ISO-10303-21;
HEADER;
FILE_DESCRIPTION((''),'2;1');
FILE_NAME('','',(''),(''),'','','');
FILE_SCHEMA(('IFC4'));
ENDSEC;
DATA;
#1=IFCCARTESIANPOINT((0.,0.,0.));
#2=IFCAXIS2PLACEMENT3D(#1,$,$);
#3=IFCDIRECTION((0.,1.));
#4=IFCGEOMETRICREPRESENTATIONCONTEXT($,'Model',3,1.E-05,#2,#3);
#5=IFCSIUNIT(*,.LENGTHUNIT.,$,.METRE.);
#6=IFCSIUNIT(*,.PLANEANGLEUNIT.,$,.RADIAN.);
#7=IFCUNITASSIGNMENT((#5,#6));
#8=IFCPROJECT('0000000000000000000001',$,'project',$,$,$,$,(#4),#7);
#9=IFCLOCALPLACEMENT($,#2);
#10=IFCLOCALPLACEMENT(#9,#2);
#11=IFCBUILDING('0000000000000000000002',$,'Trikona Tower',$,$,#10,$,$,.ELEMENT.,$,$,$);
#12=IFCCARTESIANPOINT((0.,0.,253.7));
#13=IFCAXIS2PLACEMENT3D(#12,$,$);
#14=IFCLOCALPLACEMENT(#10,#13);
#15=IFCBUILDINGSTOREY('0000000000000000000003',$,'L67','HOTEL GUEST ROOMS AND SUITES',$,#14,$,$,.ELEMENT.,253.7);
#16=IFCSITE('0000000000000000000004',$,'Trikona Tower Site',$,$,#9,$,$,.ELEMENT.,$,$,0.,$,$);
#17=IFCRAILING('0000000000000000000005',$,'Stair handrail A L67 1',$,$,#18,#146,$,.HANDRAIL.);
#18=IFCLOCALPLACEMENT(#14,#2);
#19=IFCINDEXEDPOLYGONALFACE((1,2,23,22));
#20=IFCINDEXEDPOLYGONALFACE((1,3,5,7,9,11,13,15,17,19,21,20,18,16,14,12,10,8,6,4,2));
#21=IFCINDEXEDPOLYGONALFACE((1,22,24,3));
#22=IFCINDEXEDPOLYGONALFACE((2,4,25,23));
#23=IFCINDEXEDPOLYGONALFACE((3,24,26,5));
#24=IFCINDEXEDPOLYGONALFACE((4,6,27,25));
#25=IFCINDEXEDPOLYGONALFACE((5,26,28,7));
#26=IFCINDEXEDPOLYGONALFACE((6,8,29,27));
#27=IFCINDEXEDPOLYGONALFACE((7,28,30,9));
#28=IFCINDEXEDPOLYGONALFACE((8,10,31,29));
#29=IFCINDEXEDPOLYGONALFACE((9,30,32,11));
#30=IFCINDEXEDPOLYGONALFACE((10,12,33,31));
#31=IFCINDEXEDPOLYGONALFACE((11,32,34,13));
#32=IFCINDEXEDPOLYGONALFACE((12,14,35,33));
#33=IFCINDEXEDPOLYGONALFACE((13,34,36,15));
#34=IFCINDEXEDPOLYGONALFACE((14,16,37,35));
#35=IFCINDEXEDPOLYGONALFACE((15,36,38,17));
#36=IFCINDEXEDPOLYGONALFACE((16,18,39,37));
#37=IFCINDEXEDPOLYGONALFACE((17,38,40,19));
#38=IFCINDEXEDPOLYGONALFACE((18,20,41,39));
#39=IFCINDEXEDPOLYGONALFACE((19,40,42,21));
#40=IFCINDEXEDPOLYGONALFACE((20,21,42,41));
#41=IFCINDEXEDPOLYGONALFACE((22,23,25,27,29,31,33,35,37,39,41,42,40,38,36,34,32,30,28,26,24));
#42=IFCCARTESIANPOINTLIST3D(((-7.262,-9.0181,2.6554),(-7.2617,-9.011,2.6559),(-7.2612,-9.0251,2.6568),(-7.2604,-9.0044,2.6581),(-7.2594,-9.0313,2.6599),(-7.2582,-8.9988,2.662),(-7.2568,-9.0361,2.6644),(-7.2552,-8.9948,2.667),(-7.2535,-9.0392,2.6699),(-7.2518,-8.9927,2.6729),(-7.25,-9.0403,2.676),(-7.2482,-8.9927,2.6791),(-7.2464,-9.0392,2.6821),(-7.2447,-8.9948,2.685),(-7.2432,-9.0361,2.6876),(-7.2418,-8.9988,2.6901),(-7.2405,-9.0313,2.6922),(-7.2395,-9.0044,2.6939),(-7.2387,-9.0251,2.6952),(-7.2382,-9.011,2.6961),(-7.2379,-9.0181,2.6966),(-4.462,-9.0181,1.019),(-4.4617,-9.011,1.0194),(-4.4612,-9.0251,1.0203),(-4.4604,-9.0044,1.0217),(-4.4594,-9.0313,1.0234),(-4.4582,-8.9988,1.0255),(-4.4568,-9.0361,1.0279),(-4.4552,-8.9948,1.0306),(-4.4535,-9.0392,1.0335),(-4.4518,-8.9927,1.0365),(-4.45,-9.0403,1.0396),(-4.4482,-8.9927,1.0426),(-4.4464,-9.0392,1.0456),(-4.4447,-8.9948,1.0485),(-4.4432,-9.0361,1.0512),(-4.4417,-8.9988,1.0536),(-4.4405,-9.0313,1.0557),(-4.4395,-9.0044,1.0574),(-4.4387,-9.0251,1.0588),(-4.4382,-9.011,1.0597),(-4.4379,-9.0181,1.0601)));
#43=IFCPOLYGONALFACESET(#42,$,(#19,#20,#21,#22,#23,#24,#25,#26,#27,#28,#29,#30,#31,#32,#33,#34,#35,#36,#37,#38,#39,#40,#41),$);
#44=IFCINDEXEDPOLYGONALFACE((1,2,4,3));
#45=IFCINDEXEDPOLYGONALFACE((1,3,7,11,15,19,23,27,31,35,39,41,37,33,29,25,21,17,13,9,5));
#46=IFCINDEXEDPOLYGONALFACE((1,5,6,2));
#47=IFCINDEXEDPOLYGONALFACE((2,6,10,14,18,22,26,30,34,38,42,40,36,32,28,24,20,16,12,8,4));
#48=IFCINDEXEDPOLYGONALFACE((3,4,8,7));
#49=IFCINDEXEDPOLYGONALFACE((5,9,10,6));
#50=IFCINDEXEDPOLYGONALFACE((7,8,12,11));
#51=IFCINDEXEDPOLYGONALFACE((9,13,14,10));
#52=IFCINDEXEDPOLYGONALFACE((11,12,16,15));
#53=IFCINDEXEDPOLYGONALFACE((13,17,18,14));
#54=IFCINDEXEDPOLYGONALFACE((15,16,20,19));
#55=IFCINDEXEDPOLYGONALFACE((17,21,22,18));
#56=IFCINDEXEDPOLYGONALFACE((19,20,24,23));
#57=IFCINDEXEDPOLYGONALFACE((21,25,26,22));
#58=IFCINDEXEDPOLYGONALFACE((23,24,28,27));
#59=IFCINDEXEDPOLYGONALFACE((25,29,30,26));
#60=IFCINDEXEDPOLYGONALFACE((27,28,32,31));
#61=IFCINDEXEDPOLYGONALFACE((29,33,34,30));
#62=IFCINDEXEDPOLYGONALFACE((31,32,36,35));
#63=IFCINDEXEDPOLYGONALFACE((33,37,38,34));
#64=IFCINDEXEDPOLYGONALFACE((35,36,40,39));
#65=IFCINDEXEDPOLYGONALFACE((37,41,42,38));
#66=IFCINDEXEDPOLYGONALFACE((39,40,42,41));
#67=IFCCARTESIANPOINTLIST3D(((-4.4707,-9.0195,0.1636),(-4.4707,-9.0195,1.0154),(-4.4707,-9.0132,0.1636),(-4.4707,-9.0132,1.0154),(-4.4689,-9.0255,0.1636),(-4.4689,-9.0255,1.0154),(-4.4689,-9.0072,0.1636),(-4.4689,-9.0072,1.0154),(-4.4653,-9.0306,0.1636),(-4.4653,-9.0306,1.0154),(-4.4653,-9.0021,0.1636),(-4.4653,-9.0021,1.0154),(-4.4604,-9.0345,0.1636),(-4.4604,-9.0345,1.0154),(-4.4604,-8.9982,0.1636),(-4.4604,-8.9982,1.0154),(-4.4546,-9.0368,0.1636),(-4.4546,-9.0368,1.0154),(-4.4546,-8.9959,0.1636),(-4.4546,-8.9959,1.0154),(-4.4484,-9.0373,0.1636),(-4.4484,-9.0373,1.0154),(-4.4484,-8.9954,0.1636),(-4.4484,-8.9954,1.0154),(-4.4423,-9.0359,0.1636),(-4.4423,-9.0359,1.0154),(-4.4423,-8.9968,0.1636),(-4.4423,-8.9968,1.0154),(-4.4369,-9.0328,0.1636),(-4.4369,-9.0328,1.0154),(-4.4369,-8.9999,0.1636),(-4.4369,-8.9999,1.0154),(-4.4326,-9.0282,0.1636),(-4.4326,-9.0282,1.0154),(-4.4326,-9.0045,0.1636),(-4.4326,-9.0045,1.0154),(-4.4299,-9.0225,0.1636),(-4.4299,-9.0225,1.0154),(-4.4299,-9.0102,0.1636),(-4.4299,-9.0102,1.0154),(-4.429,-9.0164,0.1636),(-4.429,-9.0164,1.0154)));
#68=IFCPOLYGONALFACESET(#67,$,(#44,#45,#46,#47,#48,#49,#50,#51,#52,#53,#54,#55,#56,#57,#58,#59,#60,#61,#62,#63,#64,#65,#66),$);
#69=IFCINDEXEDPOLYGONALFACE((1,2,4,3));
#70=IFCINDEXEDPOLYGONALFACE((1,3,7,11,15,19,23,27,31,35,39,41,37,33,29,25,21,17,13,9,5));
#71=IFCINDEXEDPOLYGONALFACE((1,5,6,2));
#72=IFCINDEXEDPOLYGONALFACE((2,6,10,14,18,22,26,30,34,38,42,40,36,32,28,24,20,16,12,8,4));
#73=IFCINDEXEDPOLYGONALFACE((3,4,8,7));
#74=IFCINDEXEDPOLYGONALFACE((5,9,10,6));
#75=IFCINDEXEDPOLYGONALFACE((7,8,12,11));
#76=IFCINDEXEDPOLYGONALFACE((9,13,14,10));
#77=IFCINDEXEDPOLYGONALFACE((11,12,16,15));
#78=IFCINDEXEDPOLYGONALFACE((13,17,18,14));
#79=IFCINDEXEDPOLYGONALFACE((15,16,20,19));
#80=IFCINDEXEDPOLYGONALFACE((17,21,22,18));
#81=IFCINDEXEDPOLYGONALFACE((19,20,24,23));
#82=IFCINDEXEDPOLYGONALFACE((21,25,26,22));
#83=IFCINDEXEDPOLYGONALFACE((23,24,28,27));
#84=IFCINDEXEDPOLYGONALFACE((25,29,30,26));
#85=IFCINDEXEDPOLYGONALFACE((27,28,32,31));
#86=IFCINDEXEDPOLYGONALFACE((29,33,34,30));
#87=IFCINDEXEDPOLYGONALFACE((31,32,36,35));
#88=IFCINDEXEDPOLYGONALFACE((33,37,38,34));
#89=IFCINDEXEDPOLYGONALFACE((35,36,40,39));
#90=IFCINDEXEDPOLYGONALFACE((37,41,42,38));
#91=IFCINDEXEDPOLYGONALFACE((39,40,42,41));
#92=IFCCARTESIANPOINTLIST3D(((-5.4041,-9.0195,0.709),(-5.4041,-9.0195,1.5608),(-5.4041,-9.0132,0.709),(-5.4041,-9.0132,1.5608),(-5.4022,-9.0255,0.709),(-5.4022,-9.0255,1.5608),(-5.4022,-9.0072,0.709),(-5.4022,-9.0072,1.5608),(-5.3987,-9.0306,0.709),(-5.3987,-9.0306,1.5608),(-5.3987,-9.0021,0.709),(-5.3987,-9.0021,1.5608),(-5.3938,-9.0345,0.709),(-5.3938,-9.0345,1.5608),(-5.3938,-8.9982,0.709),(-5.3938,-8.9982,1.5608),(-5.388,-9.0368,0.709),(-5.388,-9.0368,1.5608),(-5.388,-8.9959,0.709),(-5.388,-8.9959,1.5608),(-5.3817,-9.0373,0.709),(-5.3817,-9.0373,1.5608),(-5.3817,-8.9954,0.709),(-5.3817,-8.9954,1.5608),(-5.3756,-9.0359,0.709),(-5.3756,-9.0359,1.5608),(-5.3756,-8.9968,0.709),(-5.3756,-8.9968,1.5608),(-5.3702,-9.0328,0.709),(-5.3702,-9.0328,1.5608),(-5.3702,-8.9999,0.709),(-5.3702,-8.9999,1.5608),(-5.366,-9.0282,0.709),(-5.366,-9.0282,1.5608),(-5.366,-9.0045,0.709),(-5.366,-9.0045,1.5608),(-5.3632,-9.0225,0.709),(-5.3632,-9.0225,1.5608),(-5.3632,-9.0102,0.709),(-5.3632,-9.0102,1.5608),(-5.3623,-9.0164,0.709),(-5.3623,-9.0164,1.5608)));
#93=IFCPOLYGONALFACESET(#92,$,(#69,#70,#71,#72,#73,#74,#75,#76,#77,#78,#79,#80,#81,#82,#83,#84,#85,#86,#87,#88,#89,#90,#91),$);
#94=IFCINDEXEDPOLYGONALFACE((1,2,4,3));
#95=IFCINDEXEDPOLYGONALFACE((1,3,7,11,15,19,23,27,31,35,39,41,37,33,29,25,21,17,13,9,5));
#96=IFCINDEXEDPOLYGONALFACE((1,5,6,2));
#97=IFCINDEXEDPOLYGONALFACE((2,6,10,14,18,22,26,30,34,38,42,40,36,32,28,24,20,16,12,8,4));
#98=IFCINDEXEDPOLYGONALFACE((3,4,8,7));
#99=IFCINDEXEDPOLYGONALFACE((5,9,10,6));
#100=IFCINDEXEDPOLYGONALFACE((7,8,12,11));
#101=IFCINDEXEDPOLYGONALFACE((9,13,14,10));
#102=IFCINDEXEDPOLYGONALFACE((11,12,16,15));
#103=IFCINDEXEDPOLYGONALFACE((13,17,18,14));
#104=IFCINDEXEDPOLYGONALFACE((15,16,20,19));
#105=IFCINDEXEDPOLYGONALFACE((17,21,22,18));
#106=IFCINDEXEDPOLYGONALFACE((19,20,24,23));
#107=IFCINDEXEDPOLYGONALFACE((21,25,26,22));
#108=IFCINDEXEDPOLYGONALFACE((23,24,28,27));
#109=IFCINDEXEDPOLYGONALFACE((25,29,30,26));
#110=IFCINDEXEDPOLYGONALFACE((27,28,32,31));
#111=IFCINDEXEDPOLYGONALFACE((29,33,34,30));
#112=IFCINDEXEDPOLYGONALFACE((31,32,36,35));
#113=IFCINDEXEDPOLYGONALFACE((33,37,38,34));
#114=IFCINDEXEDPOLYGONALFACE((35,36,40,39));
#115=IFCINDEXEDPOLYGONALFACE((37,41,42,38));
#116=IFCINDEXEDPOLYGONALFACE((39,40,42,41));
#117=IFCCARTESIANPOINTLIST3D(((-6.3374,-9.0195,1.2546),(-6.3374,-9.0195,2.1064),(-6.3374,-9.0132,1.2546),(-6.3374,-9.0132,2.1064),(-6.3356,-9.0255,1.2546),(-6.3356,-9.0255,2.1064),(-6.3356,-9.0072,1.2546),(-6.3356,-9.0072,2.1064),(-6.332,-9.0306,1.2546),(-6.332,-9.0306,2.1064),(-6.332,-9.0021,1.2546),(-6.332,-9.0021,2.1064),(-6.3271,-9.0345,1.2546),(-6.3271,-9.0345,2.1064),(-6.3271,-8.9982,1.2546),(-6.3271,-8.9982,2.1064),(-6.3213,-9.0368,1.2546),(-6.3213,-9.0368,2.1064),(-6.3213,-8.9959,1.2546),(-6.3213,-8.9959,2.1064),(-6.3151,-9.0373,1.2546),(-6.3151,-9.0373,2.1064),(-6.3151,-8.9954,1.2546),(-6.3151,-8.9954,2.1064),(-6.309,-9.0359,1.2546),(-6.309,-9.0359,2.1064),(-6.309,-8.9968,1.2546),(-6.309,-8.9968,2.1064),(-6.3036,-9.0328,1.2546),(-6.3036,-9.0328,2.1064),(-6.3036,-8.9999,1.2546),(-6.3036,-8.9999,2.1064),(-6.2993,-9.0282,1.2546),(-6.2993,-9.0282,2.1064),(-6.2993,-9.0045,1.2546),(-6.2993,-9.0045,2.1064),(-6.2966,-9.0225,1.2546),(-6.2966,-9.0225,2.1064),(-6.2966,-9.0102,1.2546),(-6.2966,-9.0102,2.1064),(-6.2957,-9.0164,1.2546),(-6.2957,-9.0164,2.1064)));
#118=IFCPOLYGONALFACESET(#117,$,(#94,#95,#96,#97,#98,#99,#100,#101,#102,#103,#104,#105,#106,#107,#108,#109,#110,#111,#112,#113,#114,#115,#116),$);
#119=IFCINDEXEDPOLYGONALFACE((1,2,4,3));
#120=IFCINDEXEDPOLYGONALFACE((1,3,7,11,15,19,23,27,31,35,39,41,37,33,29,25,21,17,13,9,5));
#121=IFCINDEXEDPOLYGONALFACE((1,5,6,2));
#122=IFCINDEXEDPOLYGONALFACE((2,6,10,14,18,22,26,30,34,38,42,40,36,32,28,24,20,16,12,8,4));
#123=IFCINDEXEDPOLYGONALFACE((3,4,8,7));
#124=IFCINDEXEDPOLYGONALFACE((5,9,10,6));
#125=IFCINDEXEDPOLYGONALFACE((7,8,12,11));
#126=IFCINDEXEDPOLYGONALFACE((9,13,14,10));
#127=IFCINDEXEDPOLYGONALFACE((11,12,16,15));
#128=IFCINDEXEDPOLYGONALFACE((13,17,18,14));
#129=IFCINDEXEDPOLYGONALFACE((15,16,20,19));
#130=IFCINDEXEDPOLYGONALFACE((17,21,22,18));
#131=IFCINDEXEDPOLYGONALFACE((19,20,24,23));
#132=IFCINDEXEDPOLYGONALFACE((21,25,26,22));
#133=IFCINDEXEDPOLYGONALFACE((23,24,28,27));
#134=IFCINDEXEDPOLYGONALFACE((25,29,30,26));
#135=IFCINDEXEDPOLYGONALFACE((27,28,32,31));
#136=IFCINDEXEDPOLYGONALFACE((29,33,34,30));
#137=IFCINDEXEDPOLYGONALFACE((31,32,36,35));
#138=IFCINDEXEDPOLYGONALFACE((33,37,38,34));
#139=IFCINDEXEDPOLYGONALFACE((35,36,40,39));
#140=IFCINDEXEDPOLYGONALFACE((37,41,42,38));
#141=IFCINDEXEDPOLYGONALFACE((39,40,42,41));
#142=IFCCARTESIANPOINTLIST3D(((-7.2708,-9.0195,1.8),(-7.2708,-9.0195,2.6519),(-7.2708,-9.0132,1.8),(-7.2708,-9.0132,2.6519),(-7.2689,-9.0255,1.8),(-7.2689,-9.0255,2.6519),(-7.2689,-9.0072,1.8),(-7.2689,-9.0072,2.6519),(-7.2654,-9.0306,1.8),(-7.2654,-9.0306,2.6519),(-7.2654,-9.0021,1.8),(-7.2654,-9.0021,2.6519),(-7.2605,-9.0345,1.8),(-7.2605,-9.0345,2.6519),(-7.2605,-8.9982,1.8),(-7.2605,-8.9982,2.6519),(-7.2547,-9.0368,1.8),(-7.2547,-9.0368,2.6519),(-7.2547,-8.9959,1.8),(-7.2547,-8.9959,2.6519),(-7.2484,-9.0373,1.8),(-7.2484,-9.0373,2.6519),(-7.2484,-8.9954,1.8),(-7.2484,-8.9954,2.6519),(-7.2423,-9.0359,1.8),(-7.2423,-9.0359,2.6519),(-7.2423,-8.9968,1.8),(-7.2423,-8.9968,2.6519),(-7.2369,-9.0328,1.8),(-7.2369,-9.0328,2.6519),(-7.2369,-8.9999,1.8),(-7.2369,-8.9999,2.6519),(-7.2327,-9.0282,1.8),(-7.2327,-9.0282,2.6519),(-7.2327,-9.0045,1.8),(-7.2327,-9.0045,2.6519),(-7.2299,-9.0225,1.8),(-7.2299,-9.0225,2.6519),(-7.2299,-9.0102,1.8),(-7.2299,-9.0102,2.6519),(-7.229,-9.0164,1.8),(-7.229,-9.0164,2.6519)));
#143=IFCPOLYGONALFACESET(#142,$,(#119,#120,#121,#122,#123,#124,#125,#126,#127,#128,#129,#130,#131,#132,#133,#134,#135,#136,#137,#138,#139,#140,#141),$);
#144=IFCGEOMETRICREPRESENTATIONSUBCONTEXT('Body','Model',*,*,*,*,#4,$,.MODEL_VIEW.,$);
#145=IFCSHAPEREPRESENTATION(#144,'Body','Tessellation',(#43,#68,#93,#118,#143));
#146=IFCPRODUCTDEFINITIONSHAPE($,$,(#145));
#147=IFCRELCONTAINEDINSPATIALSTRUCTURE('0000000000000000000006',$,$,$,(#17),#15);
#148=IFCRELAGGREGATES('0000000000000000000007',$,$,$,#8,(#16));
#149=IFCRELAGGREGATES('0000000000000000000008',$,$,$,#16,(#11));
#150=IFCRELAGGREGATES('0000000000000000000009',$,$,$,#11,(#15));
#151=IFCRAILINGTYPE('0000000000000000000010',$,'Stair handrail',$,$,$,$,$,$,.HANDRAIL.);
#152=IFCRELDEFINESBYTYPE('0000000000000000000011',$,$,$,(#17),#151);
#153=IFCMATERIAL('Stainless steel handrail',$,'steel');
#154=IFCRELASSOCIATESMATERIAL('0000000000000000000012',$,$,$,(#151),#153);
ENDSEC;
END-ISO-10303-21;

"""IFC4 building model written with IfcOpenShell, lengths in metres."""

from ifc_helpers import new_model, si_unit, direction, frame, origin, origin_2d, place, context, subcontext, project, spatial, circle, extrude, material, type_object, element, save


model = new_model("IFC4")

# Units and contexts
model_context = context("Model", 3, precision=1e-05, world=origin(), true_north=direction((0.0, 1.0)))
body_context = subcontext(model_context, "Body", "Model", "MODEL_VIEW")
ifc_project = project(units=[si_unit("LENGTHUNIT", "METRE"), si_unit("PLANEANGLEUNIT", "RADIAN")], contexts=[model_context])

# Site, building, storey
site_placement = place(None, origin())
site = spatial("IfcSite", under=ifc_project, at=site_placement, Name="Trikona Tower Site", CompositionType="ELEMENT", RefElevation=0.0)
building_placement = place(site_placement, origin())
building = spatial("IfcBuilding", under=site, at=building_placement, Name="Trikona Tower", CompositionType="ELEMENT")
storey_placement = place(building_placement, frame((0.0, 0.0, 253.7)))
storey = spatial("IfcBuildingStorey", under=building, at=storey_placement, Name="L67", Description="HOTEL GUEST ROOMS AND SUITES", CompositionType="ELEMENT", Elevation=253.7)

# Railing
ifc_material_1 = material(Name="Stainless steel handrail", Category="steel")
railing_type = type_object("IfcRailingType", Name="Stair handrail", PredefinedType="HANDRAIL", material=ifc_material_1)
railing_1_placement = place(storey_placement, frame((-4.45, -9.0164, 0.1636)))
element("IfcRailing", 1, at=railing_1_placement, inside=storey, type_object=railing_type, Name="Stair handrail A L67 1", PredefinedType="HANDRAIL", context=body_context, shape_type="SweptSolid", body=[
    extrude(circle(Radius=0.0239, at=origin_2d()), frame((0.0, 0.0, 0.876), z_axis=(-0.863361, 0.0, 0.504587), x_axis=(0.0, -1.0, 0.0)), (0.0, 0.0, 1.0), 3.2432),
    extrude(circle(Radius=0.021, at=origin_2d()), origin(), (0.0, 0.0, 1.0), 0.8518),
    extrude(circle(Radius=0.021, at=origin_2d()), frame((-0.9333, 0.0, 0.5454)), (0.0, 0.0, 1.0), 0.8518),
    extrude(circle(Radius=0.021, at=origin_2d()), frame((-1.8667, 0.0, 1.0911)), (0.0, 0.0, 1.0), 0.8518),
    extrude(circle(Radius=0.021, at=origin_2d()), frame((-2.8, 0.0, 1.6365)), (0.0, 0.0, 1.0), 0.8518),
])

save(model, "model.ifc")
